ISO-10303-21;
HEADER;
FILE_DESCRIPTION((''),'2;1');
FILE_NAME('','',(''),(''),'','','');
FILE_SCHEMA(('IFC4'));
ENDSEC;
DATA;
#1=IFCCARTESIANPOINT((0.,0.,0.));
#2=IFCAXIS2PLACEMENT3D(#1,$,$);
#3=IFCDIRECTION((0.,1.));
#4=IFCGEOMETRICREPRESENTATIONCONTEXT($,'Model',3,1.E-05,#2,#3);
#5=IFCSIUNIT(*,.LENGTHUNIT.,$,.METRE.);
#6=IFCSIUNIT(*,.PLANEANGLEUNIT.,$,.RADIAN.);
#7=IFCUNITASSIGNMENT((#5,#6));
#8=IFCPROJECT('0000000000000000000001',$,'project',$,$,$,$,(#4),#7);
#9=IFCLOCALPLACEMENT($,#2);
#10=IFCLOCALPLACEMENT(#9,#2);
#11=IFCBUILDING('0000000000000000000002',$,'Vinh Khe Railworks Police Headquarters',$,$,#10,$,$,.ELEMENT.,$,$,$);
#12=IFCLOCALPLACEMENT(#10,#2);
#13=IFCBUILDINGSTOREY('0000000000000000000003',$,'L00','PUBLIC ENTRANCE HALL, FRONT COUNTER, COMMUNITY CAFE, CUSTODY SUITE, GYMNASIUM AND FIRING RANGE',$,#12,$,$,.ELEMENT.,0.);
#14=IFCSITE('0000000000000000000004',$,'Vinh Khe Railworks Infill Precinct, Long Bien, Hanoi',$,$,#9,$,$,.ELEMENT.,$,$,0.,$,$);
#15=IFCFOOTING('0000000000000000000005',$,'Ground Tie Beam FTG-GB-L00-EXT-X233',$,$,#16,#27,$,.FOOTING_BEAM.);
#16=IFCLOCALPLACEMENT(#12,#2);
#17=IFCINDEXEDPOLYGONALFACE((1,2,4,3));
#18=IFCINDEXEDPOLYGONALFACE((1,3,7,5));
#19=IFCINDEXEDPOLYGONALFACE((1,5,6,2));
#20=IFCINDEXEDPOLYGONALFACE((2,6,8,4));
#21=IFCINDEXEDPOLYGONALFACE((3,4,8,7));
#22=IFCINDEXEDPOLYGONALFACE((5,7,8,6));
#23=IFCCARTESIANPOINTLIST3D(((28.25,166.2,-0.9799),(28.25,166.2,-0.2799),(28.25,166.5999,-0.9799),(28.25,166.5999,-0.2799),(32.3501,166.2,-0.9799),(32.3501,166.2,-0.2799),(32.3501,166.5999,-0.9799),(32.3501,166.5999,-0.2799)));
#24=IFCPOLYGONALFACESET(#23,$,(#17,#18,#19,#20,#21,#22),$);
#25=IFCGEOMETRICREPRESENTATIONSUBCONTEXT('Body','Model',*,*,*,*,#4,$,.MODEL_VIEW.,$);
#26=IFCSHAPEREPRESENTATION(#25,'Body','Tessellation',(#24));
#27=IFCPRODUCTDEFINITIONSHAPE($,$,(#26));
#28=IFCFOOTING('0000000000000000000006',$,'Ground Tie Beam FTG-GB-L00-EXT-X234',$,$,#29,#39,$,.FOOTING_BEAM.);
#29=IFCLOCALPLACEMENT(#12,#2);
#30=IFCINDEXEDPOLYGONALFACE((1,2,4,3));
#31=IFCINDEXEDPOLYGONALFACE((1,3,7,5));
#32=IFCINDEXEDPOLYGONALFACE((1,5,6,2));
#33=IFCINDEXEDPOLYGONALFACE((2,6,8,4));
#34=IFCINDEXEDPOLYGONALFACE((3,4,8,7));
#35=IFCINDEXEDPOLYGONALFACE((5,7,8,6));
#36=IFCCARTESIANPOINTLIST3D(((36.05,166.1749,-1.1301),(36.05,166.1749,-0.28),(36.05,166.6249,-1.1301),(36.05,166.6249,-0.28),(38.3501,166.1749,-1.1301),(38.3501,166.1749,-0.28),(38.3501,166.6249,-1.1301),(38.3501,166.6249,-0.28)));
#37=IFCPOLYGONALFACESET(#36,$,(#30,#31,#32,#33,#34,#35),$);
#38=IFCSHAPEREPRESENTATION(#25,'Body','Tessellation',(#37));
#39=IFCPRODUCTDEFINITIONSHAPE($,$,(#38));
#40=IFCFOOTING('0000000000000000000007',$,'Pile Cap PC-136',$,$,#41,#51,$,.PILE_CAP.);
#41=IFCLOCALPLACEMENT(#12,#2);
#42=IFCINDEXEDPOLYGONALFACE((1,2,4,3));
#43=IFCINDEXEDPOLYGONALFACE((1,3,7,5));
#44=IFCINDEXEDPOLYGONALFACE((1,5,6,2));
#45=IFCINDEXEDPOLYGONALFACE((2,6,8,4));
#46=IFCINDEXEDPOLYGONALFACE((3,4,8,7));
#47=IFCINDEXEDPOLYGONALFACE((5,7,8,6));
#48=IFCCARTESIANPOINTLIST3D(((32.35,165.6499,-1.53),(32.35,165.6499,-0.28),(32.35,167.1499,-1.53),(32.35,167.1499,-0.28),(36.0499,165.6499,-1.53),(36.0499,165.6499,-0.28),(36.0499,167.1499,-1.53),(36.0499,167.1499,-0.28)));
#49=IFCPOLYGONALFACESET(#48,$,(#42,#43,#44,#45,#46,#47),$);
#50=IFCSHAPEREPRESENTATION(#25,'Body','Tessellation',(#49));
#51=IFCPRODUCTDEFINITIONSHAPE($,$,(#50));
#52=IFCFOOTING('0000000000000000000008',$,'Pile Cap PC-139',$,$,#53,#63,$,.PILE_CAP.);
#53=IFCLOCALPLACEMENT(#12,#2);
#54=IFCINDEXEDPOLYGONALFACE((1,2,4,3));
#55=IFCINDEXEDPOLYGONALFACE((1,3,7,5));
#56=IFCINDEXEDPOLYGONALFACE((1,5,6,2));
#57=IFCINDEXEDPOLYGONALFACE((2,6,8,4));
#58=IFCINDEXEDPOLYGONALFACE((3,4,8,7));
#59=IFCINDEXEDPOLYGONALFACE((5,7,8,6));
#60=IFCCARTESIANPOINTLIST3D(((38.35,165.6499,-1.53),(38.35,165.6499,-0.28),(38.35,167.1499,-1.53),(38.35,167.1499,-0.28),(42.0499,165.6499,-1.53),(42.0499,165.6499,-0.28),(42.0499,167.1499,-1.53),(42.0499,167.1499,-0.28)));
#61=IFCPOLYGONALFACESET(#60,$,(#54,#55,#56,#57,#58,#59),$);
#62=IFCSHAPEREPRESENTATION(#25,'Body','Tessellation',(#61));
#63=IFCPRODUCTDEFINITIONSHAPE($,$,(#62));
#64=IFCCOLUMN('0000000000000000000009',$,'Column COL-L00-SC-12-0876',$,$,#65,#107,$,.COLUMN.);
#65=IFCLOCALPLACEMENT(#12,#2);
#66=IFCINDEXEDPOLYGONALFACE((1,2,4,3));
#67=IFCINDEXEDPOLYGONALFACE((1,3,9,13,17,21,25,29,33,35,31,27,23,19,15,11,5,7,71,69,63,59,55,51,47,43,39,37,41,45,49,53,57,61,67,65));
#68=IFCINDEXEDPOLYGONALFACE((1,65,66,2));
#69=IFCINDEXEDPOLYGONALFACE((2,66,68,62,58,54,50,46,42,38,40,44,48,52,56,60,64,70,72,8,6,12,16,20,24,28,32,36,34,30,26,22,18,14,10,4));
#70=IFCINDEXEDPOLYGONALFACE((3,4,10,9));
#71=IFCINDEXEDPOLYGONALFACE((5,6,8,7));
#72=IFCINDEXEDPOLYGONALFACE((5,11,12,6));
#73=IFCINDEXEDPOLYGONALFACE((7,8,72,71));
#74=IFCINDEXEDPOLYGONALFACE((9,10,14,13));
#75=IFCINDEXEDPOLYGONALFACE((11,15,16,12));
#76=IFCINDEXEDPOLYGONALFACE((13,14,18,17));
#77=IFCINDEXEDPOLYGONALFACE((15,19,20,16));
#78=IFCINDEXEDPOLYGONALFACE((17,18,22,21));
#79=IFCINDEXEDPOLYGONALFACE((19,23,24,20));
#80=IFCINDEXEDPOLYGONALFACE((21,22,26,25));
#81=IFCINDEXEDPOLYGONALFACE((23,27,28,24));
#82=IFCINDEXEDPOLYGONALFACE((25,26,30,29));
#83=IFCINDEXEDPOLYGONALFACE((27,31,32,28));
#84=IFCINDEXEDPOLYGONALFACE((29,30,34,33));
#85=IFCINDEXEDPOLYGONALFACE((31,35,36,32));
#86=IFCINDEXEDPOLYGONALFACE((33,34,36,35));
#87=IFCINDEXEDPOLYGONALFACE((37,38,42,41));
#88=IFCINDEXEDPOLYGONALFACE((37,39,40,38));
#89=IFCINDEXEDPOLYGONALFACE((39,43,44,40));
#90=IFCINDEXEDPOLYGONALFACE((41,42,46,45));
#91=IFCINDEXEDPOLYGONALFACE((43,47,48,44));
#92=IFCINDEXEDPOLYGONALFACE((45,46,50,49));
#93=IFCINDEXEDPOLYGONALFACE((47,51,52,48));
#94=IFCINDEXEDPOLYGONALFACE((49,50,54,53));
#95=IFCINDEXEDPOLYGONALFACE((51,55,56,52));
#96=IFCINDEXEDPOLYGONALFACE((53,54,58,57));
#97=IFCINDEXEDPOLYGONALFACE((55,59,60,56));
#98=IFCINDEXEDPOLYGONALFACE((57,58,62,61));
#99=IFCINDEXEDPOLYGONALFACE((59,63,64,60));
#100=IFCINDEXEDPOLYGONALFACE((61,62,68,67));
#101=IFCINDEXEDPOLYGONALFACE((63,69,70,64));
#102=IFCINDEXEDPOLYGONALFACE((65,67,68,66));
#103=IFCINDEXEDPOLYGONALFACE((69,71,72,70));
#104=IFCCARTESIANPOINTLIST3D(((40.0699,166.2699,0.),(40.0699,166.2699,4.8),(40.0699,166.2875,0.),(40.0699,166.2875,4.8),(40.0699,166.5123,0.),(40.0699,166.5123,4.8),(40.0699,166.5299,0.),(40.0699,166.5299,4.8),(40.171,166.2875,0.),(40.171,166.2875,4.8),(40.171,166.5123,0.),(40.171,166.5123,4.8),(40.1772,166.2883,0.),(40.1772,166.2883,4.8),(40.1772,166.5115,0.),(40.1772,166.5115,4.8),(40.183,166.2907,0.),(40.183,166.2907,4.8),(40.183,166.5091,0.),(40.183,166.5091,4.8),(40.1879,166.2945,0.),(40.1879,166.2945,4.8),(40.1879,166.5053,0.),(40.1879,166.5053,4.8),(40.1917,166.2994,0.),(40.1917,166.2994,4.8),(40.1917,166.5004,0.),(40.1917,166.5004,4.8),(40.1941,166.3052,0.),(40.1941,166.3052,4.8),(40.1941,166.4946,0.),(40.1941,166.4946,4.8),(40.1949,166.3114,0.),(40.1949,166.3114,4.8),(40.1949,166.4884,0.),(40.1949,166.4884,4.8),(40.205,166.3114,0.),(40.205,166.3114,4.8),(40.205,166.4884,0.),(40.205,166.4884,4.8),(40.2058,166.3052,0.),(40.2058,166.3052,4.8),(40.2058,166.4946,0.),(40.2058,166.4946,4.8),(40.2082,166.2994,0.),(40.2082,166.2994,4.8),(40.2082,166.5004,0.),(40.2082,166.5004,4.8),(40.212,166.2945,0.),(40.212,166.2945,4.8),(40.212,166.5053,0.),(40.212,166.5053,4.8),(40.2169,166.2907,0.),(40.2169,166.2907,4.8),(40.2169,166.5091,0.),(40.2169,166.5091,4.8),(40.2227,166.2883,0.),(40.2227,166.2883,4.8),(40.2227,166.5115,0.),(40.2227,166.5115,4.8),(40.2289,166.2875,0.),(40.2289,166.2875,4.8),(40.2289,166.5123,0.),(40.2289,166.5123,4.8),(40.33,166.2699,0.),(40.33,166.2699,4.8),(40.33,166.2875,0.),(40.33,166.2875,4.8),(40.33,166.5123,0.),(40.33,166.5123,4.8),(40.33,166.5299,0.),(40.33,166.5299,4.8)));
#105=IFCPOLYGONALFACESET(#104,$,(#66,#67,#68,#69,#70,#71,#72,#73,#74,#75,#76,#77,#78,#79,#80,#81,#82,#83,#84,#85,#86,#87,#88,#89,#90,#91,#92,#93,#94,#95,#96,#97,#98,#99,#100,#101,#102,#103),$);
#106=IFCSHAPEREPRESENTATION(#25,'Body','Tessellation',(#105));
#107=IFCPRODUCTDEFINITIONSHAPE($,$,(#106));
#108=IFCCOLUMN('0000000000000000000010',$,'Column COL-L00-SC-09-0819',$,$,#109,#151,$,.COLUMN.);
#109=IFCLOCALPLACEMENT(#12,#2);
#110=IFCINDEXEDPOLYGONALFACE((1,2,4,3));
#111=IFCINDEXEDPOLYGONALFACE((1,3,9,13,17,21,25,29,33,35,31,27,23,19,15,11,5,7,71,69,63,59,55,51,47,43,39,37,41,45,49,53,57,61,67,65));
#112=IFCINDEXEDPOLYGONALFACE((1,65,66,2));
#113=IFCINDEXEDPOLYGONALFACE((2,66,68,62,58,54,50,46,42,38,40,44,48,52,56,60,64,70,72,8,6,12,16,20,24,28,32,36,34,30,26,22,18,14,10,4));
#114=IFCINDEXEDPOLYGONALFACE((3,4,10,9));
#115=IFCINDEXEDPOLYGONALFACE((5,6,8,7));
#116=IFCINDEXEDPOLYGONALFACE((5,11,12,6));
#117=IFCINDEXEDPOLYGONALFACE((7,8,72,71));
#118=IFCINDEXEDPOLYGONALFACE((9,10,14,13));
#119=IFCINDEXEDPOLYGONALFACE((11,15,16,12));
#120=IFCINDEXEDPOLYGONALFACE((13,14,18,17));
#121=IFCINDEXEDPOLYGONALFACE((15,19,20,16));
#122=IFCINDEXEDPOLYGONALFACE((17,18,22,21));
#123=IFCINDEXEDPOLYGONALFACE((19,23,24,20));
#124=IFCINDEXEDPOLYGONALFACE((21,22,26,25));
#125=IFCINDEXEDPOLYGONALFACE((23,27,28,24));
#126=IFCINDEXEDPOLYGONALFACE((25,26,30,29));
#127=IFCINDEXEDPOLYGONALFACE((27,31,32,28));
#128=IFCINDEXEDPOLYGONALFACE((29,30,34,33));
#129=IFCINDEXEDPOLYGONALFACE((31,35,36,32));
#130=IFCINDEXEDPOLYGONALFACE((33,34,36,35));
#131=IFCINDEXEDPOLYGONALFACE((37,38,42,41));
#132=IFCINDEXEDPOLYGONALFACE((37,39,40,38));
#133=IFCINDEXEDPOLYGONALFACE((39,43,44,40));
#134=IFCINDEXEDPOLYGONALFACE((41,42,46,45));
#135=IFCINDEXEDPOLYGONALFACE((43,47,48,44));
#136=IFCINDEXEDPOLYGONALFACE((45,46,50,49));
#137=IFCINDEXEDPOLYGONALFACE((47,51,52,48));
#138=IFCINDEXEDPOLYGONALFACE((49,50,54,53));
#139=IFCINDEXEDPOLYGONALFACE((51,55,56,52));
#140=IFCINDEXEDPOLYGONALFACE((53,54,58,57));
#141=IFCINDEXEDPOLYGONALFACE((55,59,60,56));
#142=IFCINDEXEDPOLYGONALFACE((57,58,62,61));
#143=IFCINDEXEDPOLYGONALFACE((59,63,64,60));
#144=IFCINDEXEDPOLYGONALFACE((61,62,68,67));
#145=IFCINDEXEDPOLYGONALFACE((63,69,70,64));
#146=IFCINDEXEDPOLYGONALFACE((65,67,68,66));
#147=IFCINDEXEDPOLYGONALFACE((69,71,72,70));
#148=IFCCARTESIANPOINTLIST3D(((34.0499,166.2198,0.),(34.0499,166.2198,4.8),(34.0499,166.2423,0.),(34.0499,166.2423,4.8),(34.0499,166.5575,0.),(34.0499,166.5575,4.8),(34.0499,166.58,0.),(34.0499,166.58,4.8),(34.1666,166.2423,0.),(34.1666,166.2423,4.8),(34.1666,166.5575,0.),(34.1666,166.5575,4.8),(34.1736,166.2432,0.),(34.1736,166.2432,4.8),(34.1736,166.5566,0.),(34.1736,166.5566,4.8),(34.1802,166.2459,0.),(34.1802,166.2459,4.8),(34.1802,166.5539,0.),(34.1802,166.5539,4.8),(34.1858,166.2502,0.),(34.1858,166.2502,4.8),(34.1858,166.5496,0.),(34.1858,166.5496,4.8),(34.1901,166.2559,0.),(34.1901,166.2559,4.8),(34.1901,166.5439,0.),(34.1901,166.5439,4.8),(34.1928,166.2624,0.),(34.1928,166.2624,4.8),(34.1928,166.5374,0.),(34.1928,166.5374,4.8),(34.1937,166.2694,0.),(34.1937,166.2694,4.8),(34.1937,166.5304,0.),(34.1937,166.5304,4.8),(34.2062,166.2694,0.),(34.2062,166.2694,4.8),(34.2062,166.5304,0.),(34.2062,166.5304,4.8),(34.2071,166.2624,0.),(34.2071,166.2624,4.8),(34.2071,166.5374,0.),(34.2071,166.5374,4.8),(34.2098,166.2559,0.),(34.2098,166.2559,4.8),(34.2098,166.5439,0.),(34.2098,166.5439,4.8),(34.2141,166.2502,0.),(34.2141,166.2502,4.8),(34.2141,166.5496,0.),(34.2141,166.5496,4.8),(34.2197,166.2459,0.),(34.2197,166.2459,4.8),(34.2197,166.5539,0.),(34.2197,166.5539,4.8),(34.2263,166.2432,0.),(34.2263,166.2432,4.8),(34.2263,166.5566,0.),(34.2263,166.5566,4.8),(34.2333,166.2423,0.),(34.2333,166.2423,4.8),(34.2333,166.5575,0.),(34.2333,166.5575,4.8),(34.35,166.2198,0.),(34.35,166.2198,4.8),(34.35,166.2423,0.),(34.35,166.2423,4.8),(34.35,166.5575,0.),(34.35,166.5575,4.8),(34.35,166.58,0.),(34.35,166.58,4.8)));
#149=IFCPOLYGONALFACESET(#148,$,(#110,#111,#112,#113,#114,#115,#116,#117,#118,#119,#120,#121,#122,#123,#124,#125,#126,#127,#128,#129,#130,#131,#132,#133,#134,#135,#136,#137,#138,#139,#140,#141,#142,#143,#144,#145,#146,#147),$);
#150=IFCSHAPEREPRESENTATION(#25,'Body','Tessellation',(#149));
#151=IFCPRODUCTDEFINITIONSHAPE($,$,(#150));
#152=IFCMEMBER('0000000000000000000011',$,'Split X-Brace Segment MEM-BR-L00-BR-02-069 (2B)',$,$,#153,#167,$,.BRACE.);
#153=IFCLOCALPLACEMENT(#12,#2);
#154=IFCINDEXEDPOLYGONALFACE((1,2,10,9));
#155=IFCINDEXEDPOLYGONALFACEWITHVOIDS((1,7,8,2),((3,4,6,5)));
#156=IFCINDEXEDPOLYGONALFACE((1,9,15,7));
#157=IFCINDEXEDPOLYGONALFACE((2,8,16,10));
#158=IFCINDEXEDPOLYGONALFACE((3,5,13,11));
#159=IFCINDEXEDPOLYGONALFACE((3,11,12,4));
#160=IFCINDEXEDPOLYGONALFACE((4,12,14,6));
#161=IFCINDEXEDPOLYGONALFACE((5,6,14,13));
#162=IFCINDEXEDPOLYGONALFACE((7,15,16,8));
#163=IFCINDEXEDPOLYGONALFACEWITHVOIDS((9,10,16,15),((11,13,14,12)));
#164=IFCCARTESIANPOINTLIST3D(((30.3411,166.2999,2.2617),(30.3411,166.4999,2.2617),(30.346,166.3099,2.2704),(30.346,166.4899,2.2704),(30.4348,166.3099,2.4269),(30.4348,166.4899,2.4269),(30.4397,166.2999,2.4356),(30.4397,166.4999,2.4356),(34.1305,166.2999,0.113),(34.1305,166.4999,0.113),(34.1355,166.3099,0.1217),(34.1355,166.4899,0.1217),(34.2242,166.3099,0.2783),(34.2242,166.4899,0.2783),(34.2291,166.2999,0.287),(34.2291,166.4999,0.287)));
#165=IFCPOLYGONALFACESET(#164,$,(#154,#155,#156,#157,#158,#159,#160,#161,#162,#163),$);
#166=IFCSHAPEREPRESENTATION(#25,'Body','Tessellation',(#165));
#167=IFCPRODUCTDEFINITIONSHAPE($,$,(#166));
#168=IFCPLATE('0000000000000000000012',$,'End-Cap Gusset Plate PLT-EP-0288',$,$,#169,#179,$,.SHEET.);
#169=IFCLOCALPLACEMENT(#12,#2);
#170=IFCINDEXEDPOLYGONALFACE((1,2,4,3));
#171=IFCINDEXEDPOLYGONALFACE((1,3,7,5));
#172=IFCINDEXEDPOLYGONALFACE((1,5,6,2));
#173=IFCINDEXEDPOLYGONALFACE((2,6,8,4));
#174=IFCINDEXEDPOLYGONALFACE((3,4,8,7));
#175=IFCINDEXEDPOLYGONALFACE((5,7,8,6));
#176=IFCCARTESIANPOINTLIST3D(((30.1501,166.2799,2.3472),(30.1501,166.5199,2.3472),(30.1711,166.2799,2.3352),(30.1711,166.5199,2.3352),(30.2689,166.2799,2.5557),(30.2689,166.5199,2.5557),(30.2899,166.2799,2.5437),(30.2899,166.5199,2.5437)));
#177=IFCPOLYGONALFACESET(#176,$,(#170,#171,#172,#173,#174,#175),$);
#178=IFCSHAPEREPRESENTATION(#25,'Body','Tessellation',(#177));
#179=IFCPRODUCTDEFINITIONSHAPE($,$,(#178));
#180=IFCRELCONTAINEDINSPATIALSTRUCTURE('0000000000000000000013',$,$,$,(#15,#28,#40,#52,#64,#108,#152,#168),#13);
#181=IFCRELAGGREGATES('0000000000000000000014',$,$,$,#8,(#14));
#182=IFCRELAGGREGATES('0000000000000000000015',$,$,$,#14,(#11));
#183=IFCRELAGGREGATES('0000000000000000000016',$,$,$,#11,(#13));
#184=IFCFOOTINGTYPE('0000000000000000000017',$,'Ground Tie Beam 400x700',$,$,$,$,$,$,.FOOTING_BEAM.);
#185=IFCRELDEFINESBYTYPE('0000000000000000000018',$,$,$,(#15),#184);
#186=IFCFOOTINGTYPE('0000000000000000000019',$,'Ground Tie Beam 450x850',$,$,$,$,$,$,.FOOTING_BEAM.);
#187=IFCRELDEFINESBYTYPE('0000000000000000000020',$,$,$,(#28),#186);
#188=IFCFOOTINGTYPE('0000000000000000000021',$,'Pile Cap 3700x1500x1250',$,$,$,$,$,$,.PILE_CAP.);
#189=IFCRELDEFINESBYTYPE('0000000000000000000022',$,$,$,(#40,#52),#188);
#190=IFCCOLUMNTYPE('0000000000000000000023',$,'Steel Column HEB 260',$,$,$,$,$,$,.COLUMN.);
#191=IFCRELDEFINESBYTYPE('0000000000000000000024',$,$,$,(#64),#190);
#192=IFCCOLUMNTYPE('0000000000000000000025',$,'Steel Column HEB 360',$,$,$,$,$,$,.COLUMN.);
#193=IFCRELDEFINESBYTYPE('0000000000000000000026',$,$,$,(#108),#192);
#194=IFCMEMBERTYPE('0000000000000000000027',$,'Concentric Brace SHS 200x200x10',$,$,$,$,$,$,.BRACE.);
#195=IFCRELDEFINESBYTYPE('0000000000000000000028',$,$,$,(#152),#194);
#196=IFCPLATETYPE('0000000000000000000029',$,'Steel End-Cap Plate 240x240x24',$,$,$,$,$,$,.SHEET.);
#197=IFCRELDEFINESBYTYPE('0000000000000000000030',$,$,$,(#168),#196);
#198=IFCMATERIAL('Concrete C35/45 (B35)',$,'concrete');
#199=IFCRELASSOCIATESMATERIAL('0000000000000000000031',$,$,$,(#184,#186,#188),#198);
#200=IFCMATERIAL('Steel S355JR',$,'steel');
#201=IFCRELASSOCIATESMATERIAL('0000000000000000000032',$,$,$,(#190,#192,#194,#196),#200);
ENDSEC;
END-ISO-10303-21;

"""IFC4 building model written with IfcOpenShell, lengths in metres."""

from ifc_helpers import new_model, si_unit, direction, frame, origin, origin_2d, place, context, subcontext, project, spatial, rectangle, hollow_rectangle, i_section, extrude, material, material_profile, profile_set, type_object, element, save


model = new_model("IFC4")

# Units and contexts
model_context = context("Model", 3, precision=1e-05, world=origin(), true_north=direction((0.0, 1.0)))
body_context = subcontext(model_context, "Body", "Model", "MODEL_VIEW")
ifc_project = project(units=[si_unit("LENGTHUNIT", "METRE"), si_unit("PLANEANGLEUNIT", "RADIAN")], contexts=[model_context])

# Site, building, storey
site_placement = place(None, origin())
site = spatial("IfcSite", under=ifc_project, at=site_placement, Name="Vinh Khe Railworks Infill Precinct, Long Bien, Hanoi", CompositionType="ELEMENT", RefElevation=0.0)
building_placement = place(site_placement, origin())
building = spatial("IfcBuilding", under=site, at=building_placement, Name="Vinh Khe Railworks Police Headquarters", CompositionType="ELEMENT")
storey_placement = place(building_placement, origin())
storey = spatial("IfcBuildingStorey", under=building, at=storey_placement, Name="L00", Description="PUBLIC ENTRANCE HALL, FRONT COUNTER, COMMUNITY CAFE, CUSTODY SUITE, GYMNASIUM AND FIRING RANGE", CompositionType="ELEMENT", Elevation=0.0)

# Shared definitions
ifc_material_1 = material(Name="Concrete C35/45 (B35)", Category="concrete")

# Footings
ifc_material_profile_1 = material_profile(ifc_material_1, rectangle(XDim=0.3999, YDim=0.7, at=origin_2d()), Name="RC 400x700")
ifc_profile_set_1 = profile_set([ifc_material_profile_1], Name="Concrete C35/45 (B35)")
footing_type_1 = type_object("IfcFootingType", Name="Ground Tie Beam 400x700", PredefinedType="FOOTING_BEAM", material=ifc_profile_set_1)
footing_1_placement = place(storey_placement, frame((28.25, 166.3999, -0.6299), z_axis=(1.0, 0.0, 0.0), x_axis=(0.0, 1.0, 0.0)))
element("IfcFooting", 1, at=footing_1_placement, inside=storey, type_object=footing_type_1, Name="Ground Tie Beam FTG-GB-L00-EXT-X233", PredefinedType="FOOTING_BEAM", context=body_context, shape_type="SweptSolid", body=[
    extrude(rectangle(XDim=0.3999, YDim=0.7, at=origin_2d()), origin(), (0.0, 0.0, 1.0), 4.1001),
])
ifc_material_profile_2 = material_profile(ifc_material_1, rectangle(XDim=0.45, YDim=0.8501, at=origin_2d()), Name="RC 450x850")
ifc_profile_set_2 = profile_set([ifc_material_profile_2], Name="Concrete C35/45 (B35)")
footing_type_2 = type_object("IfcFootingType", Name="Ground Tie Beam 450x850", PredefinedType="FOOTING_BEAM", material=ifc_profile_set_2)
footing_2_placement = place(storey_placement, frame((36.05, 166.3999, -0.7051), z_axis=(1.0, 0.0, 0.0), x_axis=(0.0, 1.0, 0.0)))
element("IfcFooting", 2, at=footing_2_placement, inside=storey, type_object=footing_type_2, Name="Ground Tie Beam FTG-GB-L00-EXT-X234", PredefinedType="FOOTING_BEAM", context=body_context, shape_type="SweptSolid", body=[
    extrude(rectangle(XDim=0.45, YDim=0.8501, at=origin_2d()), origin(), (0.0, 0.0, 1.0), 2.3),
])
footing_type_3 = type_object("IfcFootingType", Name="Pile Cap 3700x1500x1250", PredefinedType="PILE_CAP", material=ifc_material_1)
for number, where, z_axis, x_axis, name in (
    (3, (34.2, 166.3999, -1.53), (0.0, 0.0, 1.0), (1.0, 0.0, 0.0), "Pile Cap PC-136"),
    (4, (40.2, 166.3999, -1.53), (0.0, 0.0, 1.0), (1.0, 0.0, 0.0), "Pile Cap PC-139"),
):
    element("IfcFooting", number, at=place(storey_placement, frame(where, z_axis=z_axis, x_axis=x_axis)), inside=storey, type_object=footing_type_3, Name=name, PredefinedType="PILE_CAP", context=body_context, shape_type="SweptSolid", body=[
        extrude(rectangle(XDim=3.7, YDim=1.5, at=origin_2d()), origin(), (0.0, 0.0, 1.0), 1.25),
    ])

# Columns
ifc_material_2 = material(Name="Steel S355JR", Category="steel")
ifc_material_profile_3 = material_profile(ifc_material_2, i_section(OverallWidth=0.26, OverallDepth=0.26, WebThickness=0.01, FlangeThickness=0.0176, FilletRadius=0.0239, at=origin_2d()), Name="HEB 260")
ifc_profile_set_3 = profile_set([ifc_material_profile_3], Name="Steel S355JR")
column_type_1 = type_object("IfcColumnType", Name="Steel Column HEB 260", PredefinedType="COLUMN", material=ifc_profile_set_3)
column_1_placement = place(storey_placement, frame((40.2, 166.3999, 0.0), z_axis=(0.0, 0.0, 1.0), x_axis=(1.0, 0.0, 0.0)))
element("IfcColumn", 5, at=column_1_placement, inside=storey, type_object=column_type_1, Name="Column COL-L00-SC-12-0876", PredefinedType="COLUMN", context=body_context, shape_type="SweptSolid", body=[
    extrude(i_section(OverallWidth=0.26, OverallDepth=0.26, WebThickness=0.01, FlangeThickness=0.0176, FilletRadius=0.0239, at=origin_2d()), origin(), (0.0, 0.0, 1.0), 4.8),
])
ifc_material_profile_4 = material_profile(ifc_material_2, i_section(OverallWidth=0.3, OverallDepth=0.3601, WebThickness=0.0125, FlangeThickness=0.0225, FilletRadius=0.0271, at=origin_2d()), Name="HEB 360")
ifc_profile_set_4 = profile_set([ifc_material_profile_4], Name="Steel S355JR")
column_type_2 = type_object("IfcColumnType", Name="Steel Column HEB 360", PredefinedType="COLUMN", material=ifc_profile_set_4)
column_2_placement = place(storey_placement, frame((34.2, 166.3999, 0.0), z_axis=(0.0, 0.0, 1.0), x_axis=(1.0, 0.0, 0.0)))
element("IfcColumn", 6, at=column_2_placement, inside=storey, type_object=column_type_2, Name="Column COL-L00-SC-09-0819", PredefinedType="COLUMN", context=body_context, shape_type="SweptSolid", body=[
    extrude(i_section(OverallWidth=0.3, OverallDepth=0.3601, WebThickness=0.0125, FlangeThickness=0.0225, FilletRadius=0.0271, at=origin_2d()), origin(), (0.0, 0.0, 1.0), 4.8),
])

# Member
ifc_material_profile_5 = material_profile(ifc_material_2, hollow_rectangle(XDim=0.2, YDim=0.2, WallThickness=0.01, at=origin_2d()), Name="SHS 200x200x10")
ifc_profile_set_5 = profile_set([ifc_material_profile_5], Name="Steel S355JR")
member_type = type_object("IfcMemberType", Name="Concentric Brace SHS 200x200x10", PredefinedType="BRACE", material=ifc_profile_set_5)
member_placement = place(storey_placement, frame((30.3904, 166.3999, 2.3486), z_axis=(0.869897, 0.0, -0.493233), x_axis=(0.0, 1.0, 0.0)))
element("IfcMember", 7, at=member_placement, inside=storey, type_object=member_type, Name="Split X-Brace Segment MEM-BR-L00-BR-02-069 (2B)", PredefinedType="BRACE", context=body_context, shape_type="SweptSolid", body=[
    extrude(hollow_rectangle(XDim=0.2, YDim=0.2, WallThickness=0.01, at=origin_2d()), origin(), (0.0, 0.0, 1.0), 4.3562),
])

# Plate
ifc_material_profile_6 = material_profile(ifc_material_2, rectangle(XDim=0.24, YDim=0.24, at=origin_2d()), Name="PL 240x240")
ifc_profile_set_6 = profile_set([ifc_material_profile_6], Name="Steel S355JR")
plate_type = type_object("IfcPlateType", Name="Steel End-Cap Plate 240x240x24", PredefinedType="SHEET", material=ifc_profile_set_6)
plate_placement = place(storey_placement, frame((30.2095, 166.3999, 2.4514), z_axis=(0.868864, 0.0, -0.495051), x_axis=(0.0, 1.0, 0.0)))
element("IfcPlate", 8, at=plate_placement, inside=storey, type_object=plate_type, Name="End-Cap Gusset Plate PLT-EP-0288", PredefinedType="SHEET", context=body_context, shape_type="SweptSolid", body=[
    extrude(rectangle(XDim=0.24, YDim=0.24, at=origin_2d()), origin(), (0.0, 0.0, 1.0), 0.0242),
])

save(model, "model.ifc")
